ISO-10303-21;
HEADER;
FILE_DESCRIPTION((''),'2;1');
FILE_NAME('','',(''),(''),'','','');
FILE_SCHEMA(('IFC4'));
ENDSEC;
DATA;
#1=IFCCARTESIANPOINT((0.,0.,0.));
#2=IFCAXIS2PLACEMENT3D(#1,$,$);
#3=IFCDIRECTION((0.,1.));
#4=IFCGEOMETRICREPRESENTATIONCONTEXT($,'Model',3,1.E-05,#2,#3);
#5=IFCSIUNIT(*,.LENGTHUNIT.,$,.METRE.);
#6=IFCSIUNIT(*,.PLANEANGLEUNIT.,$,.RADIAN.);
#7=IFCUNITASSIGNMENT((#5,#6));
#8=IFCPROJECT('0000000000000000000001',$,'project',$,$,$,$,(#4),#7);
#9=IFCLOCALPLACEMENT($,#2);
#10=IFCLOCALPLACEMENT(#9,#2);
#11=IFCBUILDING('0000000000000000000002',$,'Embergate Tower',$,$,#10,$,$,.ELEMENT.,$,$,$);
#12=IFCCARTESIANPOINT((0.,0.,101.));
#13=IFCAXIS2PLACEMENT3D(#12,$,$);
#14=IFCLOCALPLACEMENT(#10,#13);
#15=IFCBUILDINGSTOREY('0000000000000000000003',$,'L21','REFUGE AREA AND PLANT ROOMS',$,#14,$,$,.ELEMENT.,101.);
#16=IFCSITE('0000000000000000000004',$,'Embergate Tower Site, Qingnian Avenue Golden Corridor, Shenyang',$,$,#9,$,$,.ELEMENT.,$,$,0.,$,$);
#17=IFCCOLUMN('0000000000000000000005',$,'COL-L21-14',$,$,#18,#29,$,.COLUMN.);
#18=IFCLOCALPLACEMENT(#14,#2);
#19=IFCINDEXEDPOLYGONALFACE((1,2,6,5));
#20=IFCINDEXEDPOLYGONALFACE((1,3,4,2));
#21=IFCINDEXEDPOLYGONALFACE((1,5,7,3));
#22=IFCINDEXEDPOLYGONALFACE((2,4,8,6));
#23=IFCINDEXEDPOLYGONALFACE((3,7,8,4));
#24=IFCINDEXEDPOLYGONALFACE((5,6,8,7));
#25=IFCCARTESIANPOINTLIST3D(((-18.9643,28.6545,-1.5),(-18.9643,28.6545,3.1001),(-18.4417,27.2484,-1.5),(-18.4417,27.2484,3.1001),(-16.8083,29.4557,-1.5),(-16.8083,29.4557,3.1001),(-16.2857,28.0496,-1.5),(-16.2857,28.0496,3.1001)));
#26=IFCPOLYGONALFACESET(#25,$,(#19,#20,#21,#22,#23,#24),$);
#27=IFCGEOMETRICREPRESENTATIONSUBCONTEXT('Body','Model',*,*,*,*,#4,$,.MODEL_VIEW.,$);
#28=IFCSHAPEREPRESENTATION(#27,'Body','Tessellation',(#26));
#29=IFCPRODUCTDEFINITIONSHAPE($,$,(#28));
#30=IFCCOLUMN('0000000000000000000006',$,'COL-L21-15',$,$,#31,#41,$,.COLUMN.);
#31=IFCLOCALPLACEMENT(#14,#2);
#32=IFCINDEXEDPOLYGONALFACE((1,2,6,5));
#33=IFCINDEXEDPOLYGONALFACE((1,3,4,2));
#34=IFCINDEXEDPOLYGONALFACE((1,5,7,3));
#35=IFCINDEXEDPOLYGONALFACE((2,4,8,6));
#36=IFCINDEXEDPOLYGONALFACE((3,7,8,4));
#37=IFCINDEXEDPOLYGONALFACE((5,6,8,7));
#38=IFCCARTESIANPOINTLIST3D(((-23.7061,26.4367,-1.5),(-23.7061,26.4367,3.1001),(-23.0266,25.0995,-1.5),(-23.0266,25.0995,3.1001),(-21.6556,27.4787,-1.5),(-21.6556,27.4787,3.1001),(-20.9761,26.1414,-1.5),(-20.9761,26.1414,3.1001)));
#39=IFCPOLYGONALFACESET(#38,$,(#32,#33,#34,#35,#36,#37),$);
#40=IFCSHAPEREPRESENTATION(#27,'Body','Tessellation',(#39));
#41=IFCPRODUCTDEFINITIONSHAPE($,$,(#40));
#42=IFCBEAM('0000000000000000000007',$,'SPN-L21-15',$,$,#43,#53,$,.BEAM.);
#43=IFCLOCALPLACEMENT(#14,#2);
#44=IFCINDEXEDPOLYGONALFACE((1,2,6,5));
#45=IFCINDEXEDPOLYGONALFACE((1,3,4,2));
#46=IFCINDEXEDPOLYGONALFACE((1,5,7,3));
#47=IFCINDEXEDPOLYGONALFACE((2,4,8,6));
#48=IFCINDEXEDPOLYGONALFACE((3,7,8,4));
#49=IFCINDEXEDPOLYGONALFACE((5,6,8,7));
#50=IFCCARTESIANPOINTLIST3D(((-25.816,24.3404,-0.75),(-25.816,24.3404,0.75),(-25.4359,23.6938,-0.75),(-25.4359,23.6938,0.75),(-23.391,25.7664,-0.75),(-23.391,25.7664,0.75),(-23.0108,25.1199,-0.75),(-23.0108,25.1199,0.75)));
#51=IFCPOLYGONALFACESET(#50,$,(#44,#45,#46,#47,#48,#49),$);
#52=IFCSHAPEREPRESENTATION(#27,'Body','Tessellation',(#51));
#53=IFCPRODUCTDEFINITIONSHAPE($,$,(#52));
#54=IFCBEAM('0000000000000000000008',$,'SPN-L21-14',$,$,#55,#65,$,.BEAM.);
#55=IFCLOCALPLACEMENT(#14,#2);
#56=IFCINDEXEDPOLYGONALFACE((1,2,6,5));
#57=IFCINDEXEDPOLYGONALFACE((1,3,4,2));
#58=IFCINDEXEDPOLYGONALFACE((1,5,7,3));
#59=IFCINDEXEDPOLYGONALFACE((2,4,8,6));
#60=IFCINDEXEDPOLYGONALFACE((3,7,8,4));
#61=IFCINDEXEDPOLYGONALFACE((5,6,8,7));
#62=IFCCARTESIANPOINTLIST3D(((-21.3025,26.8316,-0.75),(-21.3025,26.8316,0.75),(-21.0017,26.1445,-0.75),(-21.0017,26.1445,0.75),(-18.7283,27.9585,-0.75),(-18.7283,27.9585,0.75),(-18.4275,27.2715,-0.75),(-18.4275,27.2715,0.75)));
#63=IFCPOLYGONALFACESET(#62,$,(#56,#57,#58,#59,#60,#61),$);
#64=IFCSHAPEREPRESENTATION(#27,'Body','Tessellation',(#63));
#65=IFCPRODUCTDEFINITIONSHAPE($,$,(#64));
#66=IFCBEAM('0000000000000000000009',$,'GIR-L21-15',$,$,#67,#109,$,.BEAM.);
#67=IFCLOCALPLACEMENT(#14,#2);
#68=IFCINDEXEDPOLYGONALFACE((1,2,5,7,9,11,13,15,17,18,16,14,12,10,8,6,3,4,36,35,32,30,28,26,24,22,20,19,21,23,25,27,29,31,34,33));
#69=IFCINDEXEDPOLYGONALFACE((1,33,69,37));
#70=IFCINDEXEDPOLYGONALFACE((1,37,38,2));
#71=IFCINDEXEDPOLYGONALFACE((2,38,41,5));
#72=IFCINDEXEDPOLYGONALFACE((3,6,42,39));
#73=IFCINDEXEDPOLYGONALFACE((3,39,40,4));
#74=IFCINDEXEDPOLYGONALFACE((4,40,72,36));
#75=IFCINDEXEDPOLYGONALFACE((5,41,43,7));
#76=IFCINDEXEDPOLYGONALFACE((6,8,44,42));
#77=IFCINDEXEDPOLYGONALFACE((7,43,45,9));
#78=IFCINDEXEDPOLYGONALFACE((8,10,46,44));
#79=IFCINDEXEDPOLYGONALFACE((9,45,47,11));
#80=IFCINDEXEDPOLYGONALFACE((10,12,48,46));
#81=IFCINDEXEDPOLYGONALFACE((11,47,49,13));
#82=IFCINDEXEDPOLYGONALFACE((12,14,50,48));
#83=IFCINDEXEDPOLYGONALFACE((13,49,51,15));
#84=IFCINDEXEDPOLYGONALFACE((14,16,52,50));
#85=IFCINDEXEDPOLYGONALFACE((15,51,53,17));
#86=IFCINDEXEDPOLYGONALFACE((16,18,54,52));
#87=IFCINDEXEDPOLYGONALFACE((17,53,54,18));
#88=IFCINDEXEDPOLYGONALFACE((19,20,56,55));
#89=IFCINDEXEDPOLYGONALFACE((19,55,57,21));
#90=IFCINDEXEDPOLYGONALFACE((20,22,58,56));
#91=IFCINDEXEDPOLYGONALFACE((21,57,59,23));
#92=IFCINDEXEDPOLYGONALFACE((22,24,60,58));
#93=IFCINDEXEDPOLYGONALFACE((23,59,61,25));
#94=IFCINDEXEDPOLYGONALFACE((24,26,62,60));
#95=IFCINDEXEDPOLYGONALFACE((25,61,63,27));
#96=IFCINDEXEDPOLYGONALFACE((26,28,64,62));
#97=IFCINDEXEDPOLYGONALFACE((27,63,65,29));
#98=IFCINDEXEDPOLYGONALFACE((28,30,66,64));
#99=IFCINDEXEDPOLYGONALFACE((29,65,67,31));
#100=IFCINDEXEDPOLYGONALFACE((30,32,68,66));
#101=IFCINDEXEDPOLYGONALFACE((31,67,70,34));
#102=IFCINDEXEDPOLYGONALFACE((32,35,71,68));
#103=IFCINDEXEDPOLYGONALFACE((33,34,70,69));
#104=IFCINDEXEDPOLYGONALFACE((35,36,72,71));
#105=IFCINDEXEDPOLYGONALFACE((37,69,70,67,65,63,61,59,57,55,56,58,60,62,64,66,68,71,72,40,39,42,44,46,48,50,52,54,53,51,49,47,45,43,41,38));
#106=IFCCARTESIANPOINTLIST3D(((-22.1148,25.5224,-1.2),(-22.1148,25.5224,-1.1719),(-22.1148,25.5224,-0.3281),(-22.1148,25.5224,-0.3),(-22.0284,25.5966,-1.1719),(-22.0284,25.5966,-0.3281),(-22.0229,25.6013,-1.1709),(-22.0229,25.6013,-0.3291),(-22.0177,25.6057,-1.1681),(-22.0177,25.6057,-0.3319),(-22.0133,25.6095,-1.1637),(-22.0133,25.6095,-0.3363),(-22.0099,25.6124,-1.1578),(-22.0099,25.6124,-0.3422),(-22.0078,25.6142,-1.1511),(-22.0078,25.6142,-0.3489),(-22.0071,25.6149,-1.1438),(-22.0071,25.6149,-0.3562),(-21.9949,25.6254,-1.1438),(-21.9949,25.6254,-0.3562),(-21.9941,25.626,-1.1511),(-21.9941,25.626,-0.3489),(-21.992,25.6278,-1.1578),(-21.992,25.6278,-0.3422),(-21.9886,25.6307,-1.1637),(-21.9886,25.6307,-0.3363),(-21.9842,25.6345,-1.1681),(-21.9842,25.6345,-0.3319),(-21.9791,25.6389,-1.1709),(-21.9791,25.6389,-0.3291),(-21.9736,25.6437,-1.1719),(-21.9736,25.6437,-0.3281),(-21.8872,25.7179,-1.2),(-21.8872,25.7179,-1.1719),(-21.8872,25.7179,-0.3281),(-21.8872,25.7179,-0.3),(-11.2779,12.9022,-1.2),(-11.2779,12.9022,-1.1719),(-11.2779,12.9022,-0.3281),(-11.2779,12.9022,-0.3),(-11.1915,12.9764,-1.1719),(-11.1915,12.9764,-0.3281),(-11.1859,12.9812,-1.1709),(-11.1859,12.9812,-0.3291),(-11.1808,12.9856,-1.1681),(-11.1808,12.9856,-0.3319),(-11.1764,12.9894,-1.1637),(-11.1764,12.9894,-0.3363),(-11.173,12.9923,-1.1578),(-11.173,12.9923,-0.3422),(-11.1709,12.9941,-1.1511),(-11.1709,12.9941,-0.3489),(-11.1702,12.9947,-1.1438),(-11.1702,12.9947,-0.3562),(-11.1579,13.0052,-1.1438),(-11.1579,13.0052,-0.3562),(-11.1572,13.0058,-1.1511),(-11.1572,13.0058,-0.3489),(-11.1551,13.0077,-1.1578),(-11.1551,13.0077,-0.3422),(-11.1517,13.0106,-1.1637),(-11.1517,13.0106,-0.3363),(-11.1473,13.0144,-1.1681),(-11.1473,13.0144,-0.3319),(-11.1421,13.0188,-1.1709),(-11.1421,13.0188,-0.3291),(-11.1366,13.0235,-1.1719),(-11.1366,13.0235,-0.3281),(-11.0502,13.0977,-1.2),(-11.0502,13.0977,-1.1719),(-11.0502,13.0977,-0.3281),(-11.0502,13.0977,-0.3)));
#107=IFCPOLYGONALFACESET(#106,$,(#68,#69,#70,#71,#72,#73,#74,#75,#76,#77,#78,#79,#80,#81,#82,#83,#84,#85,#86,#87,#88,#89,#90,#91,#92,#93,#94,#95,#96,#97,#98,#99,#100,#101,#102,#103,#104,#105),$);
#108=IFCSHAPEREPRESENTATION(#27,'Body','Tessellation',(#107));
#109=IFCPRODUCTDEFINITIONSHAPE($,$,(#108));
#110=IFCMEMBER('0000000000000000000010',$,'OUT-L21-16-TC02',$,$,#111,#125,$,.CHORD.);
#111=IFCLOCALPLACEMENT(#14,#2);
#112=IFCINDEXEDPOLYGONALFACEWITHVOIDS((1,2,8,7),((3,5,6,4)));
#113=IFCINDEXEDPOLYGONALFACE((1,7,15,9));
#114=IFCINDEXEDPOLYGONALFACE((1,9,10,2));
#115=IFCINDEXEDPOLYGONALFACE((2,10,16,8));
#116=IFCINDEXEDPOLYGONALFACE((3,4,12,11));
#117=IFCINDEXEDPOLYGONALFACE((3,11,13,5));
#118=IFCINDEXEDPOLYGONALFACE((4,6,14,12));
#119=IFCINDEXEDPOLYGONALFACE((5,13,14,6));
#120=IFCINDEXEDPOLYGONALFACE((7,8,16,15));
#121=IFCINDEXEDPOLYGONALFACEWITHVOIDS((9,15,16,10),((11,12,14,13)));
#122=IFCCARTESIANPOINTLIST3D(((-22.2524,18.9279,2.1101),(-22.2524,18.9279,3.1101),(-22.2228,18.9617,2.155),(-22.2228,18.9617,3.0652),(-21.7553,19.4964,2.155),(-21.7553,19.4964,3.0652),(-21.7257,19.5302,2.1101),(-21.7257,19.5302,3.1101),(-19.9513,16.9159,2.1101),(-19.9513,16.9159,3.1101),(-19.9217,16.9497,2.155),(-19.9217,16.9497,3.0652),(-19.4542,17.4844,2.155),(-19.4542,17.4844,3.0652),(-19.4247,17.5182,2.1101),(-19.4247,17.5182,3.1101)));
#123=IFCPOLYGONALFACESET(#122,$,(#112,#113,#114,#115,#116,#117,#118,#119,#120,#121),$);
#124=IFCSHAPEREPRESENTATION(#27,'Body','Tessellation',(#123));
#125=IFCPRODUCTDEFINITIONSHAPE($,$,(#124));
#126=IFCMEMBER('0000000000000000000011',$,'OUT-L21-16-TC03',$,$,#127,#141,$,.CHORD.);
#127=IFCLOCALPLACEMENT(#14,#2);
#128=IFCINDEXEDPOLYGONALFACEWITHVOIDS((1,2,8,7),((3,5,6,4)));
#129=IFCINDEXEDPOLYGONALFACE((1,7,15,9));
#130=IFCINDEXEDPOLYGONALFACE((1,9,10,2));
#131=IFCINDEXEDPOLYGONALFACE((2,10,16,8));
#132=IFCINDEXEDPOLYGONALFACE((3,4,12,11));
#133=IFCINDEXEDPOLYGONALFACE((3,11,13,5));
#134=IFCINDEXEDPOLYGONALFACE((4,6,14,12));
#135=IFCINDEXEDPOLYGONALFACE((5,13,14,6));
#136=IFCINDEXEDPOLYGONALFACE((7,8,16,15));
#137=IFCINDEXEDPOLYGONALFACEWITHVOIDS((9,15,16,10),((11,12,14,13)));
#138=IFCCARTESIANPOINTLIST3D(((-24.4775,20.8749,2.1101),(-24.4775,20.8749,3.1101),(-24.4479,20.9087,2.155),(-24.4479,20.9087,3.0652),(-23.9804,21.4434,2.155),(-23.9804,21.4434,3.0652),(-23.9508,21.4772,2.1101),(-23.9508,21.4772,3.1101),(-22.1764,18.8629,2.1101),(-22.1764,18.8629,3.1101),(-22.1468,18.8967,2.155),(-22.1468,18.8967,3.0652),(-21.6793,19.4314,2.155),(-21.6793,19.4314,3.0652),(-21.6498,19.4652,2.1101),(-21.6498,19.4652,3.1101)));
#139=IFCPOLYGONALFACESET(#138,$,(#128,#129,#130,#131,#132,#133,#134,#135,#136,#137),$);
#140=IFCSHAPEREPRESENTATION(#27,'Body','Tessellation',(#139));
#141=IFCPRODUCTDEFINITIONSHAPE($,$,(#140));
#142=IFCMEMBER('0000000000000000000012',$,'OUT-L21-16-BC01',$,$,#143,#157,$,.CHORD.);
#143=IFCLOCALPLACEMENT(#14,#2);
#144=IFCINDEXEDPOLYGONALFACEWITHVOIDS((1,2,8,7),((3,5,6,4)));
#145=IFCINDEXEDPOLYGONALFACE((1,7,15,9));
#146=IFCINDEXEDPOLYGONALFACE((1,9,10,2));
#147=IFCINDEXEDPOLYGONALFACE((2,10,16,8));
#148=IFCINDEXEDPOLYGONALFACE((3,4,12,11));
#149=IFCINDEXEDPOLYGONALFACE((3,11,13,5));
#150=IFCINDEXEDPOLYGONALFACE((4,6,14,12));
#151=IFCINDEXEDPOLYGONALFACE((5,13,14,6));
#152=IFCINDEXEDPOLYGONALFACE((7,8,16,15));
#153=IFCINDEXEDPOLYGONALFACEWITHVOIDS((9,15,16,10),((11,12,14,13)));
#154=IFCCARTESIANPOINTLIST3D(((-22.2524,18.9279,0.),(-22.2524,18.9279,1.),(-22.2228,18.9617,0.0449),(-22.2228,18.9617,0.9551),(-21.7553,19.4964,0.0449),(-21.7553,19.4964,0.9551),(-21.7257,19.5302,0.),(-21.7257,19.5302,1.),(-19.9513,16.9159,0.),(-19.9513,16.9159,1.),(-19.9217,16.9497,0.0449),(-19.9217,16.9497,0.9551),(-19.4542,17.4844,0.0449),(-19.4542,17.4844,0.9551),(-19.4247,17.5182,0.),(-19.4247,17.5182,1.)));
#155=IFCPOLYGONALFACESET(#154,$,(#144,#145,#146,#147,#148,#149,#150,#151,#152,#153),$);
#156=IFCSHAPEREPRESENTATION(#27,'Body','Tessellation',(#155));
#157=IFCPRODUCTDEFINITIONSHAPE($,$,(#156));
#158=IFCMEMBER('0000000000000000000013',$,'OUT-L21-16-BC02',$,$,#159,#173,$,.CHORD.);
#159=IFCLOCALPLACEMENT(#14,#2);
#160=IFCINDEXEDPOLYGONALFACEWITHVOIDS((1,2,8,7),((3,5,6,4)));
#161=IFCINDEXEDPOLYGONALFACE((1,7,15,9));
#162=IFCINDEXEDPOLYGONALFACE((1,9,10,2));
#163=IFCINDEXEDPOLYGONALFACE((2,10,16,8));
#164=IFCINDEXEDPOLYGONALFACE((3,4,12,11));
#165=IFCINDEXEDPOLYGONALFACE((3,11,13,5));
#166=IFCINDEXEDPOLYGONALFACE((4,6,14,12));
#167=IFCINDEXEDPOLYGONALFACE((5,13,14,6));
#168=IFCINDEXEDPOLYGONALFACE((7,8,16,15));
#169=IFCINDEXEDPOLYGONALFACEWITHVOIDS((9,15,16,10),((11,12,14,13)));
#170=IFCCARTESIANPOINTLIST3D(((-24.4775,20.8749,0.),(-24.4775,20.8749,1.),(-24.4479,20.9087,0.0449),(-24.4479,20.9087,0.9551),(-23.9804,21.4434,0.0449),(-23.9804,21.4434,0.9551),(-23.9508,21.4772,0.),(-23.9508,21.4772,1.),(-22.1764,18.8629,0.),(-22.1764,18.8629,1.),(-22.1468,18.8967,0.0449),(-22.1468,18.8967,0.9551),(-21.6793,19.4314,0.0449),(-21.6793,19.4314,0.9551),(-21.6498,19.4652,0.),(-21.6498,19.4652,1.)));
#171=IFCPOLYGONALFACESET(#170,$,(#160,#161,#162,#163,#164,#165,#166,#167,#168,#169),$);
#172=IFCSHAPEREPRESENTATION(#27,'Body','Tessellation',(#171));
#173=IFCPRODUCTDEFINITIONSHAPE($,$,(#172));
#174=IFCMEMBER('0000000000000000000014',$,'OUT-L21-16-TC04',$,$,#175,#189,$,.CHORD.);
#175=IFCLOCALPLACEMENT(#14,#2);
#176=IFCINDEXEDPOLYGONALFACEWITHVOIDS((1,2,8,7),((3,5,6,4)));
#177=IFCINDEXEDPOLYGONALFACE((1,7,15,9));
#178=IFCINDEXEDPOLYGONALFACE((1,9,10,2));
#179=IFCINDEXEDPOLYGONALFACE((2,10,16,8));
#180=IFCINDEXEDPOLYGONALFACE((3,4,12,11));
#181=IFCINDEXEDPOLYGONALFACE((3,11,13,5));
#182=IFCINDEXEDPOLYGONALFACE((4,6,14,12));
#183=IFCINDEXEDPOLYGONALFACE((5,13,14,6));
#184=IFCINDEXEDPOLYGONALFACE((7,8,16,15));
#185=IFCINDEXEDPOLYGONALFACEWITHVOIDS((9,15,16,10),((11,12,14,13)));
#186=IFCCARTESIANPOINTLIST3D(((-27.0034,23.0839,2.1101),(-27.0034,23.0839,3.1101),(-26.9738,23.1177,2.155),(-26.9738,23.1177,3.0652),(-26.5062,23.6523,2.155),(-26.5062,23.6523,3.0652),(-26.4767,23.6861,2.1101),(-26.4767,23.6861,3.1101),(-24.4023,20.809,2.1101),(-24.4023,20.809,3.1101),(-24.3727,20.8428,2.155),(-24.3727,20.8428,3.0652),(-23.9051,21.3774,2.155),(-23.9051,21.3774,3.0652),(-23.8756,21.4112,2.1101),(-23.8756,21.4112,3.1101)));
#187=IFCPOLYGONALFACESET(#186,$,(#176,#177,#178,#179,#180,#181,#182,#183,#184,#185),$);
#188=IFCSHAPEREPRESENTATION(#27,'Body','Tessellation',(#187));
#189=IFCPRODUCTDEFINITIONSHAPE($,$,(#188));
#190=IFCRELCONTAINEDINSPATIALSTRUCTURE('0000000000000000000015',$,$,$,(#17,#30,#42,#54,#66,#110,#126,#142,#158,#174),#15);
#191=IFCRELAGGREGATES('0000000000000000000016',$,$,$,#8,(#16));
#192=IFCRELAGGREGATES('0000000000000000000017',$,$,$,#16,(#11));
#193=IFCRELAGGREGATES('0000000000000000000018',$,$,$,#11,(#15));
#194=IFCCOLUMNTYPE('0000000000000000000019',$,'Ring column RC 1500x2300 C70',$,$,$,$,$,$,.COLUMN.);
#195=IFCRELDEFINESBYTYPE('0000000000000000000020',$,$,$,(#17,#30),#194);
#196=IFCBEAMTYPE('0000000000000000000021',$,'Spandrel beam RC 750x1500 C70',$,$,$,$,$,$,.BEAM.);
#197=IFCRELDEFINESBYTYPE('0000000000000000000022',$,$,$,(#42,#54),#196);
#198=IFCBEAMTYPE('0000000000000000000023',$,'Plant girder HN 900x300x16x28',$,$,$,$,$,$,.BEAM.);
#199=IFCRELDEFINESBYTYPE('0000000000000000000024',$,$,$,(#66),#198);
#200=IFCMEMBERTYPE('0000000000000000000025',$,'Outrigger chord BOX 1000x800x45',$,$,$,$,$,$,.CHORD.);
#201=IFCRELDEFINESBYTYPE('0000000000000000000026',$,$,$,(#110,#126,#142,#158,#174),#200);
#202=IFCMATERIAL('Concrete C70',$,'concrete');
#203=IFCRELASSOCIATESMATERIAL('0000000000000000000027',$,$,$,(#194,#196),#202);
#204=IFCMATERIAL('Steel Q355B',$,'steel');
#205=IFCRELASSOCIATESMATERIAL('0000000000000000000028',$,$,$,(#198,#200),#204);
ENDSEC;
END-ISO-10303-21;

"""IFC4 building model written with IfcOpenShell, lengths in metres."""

from ifc_helpers import new_model, si_unit, direction, frame, origin, origin_2d, place, context, subcontext, project, spatial, rectangle, hollow_rectangle, i_section, extrude, source, transform, mapped, material, material_profile, profile_set, type_object, element, save


model = new_model("IFC4")

# Units and contexts
model_context = context("Model", 3, precision=1e-05, world=origin(), true_north=direction((0.0, 1.0)))
body_context = subcontext(model_context, "Body", "Model", "MODEL_VIEW")
ifc_project = project(units=[si_unit("LENGTHUNIT", "METRE"), si_unit("PLANEANGLEUNIT", "RADIAN")], contexts=[model_context])

# Site, building, storey
site_placement = place(None, origin())
site = spatial("IfcSite", under=ifc_project, at=site_placement, Name="Embergate Tower Site, Qingnian Avenue Golden Corridor, Shenyang", CompositionType="ELEMENT", RefElevation=0.0)
building_placement = place(site_placement, origin())
building = spatial("IfcBuilding", under=site, at=building_placement, Name="Embergate Tower", CompositionType="ELEMENT")
storey_placement = place(building_placement, frame((0.0, 0.0, 101.0)))
storey = spatial("IfcBuildingStorey", under=building, at=storey_placement, Name="L21", Description="REFUGE AREA AND PLANT ROOMS", CompositionType="ELEMENT", Elevation=101.0)

# Columns
ifc_material_1 = material(Name="Concrete C70", Category="concrete")
ifc_material_profile_1 = material_profile(ifc_material_1, rectangle(XDim=1.5, YDim=2.3, at=origin_2d()), Name="RC 1500x2300")
ifc_profile_set_1 = profile_set([ifc_material_profile_1], Name="Concrete C70")
column_type = type_object("IfcColumnType", Name="Ring column RC 1500x2300 C70", PredefinedType="COLUMN", material=ifc_profile_set_1)
shared_shape_1 = source(origin(), body_context, "Body", "SweptSolid", [
    extrude(rectangle(XDim=1.5, YDim=2.3, at=origin_2d()), origin(), (0.0, 0.0, 1.0), 4.6001),
])
for number, where, z_axis, x_axis, name in (
    (1, (-17.625, 28.3521, -1.5), (0.0, 0.0, 1.0), (-0.348343, 0.937367, 0.0), "COL-L21-14"),
    (2, (-22.3411, 26.2891, -1.5), (0.0, 0.0, 1.0), (-0.453011, 0.891505, 0.0), "COL-L21-15"),
):
    element("IfcColumn", number, at=place(storey_placement, frame(where, z_axis=z_axis, x_axis=x_axis)), inside=storey, type_object=column_type, Name=name, PredefinedType="COLUMN", context=body_context, shape_type="MappedRepresentation", body=[
        mapped(shared_shape_1, transform((0.0, 0.0, 0.0))),
    ])

# Beams
ifc_material_profile_2 = material_profile(ifc_material_1, rectangle(XDim=0.75, YDim=1.5, at=origin_2d()), Name="RC 750x1500")
ifc_profile_set_2 = profile_set([ifc_material_profile_2], Name="Concrete C70")
beam_type_1 = type_object("IfcBeamType", Name="Spandrel beam RC 750x1500 C70", PredefinedType="BEAM", material=ifc_profile_set_2)
shared_shape_2 = source(origin(), body_context, "Body", "SweptSolid", [
    extrude(rectangle(XDim=0.75, YDim=1.5, at=origin_2d()), origin(), (0.0, 0.0, 1.0), 2.8132),
])
beam_1_placement = place(storey_placement, frame((-23.2009, 25.4431, 0.0), z_axis=(-0.862008, -0.506895, 0.0), x_axis=(0.506895, -0.862008, 0.0)))
element("IfcBeam", 3, at=beam_1_placement, inside=storey, type_object=beam_type_1, Name="SPN-L21-15", PredefinedType="BEAM", context=body_context, shape_type="MappedRepresentation", body=[
    mapped(shared_shape_2, transform((0.0, 0.0, 0.0))),
])
shared_shape_3 = source(origin(), body_context, "Body", "SweptSolid", [
    extrude(rectangle(XDim=0.75, YDim=1.5, at=origin_2d()), origin(), (0.0, 0.0, 1.0), 2.8101),
])
beam_2_placement = place(storey_placement, frame((-18.5779, 27.615, 0.0), z_axis=(-0.916062, -0.401038, 0.0), x_axis=(0.401038, -0.916062, 0.0)))
element("IfcBeam", 4, at=beam_2_placement, inside=storey, type_object=beam_type_1, Name="SPN-L21-14", PredefinedType="BEAM", context=body_context, shape_type="MappedRepresentation", body=[
    mapped(shared_shape_3, transform((0.0, 0.0, 0.0))),
])
ifc_material_2 = material(Name="Steel Q355B", Category="steel")
ifc_material_profile_3 = material_profile(ifc_material_2, i_section(OverallWidth=0.3, OverallDepth=0.8999, WebThickness=0.0161, FlangeThickness=0.0281, FilletRadius=0.0281, at=origin_2d()), Name="HN 900x300x16x28")
ifc_profile_set_3 = profile_set([ifc_material_profile_3], Name="Steel Q355 grade B")
beam_type_2 = type_object("IfcBeamType", Name="Plant girder HN 900x300x16x28", PredefinedType="BEAM", material=ifc_profile_set_3)
shared_shape_4 = source(origin(), body_context, "Body", "SweptSolid", [
    extrude(i_section(OverallWidth=0.3, OverallDepth=0.8999, WebThickness=0.0161, FlangeThickness=0.0281, FilletRadius=0.0281, at=origin_2d()), origin(), (0.0, 0.0, 1.0), 16.6345),
])
beam_3_placement = place(storey_placement, frame((-22.001, 25.6201, -0.75), z_axis=(0.651473, -0.758672, 0.0), x_axis=(0.758672, 0.651473, 0.0)))
element("IfcBeam", 5, at=beam_3_placement, inside=storey, type_object=beam_type_2, Name="GIR-L21-15", PredefinedType="BEAM", context=body_context, shape_type="MappedRepresentation", body=[
    mapped(shared_shape_4, transform((0.0, 0.0, 0.0))),
])

# Members
ifc_material_profile_4 = material_profile(ifc_material_2, hollow_rectangle(XDim=0.8, YDim=1.0, WallThickness=0.0449, at=origin_2d()), Name="BOX 1000x800x45")
ifc_profile_set_4 = profile_set([ifc_material_profile_4], Name="Steel Q355 grade B")
member_type_1 = type_object("IfcMemberType", Name="Outrigger chord BOX 1000x800x45", PredefinedType="CHORD", material=ifc_profile_set_4)
shared_shape_5 = source(origin(), body_context, "Body", "SweptSolid", [
    extrude(hollow_rectangle(XDim=0.8, YDim=1.0, WallThickness=0.0449, at=origin_2d()), origin(), (0.0, 0.0, 1.0), 3.0566),
])
for number, where, z_axis, x_axis, name in (
    (6, (-19.688, 17.217, 2.6101), (-0.752809, 0.658239, 0.0), (-0.658239, -0.752809, 0.0), "OUT-L21-16-TC02"),
    (7, (-21.9131, 19.1641, 2.6101), (-0.752809, 0.658239, 0.0), (-0.658239, -0.752809, 0.0), "OUT-L21-16-TC03"),
    (8, (-19.688, 17.217, 0.5), (-0.752809, 0.658239, 0.0), (-0.658239, -0.752809, 0.0), "OUT-L21-16-BC01"),
    (9, (-21.9131, 19.1641, 0.5), (-0.752809, 0.658239, 0.0), (-0.658239, -0.752809, 0.0), "OUT-L21-16-BC02"),
):
    element("IfcMember", number, at=place(storey_placement, frame(where, z_axis=z_axis, x_axis=x_axis)), inside=storey, type_object=member_type_1, Name=name, PredefinedType="CHORD", context=body_context, shape_type="MappedRepresentation", body=[
        mapped(shared_shape_5, transform((0.0, 0.0, 0.0))),
    ])
shared_shape_6 = source(origin(), body_context, "Body", "SweptSolid", [
    extrude(hollow_rectangle(XDim=0.8, YDim=1.0, WallThickness=0.0449, at=origin_2d()), origin(), (0.0, 0.0, 1.0), 3.4556),
])
for number, where, z_axis, x_axis, name in (
    (10, (-24.1389, 21.1101, 2.6101), (-0.752725, 0.658335, 0.0), (-0.658335, -0.752725, 0.0), "OUT-L21-16-TC04"),
):
    element("IfcMember", number, at=place(storey_placement, frame(where, z_axis=z_axis, x_axis=x_axis)), inside=storey, type_object=member_type_1, Name=name, PredefinedType="CHORD", context=body_context, shape_type="MappedRepresentation", body=[
        mapped(shared_shape_6, transform((0.0, 0.0, 0.0))),
    ])

save(model, "model.ifc")
